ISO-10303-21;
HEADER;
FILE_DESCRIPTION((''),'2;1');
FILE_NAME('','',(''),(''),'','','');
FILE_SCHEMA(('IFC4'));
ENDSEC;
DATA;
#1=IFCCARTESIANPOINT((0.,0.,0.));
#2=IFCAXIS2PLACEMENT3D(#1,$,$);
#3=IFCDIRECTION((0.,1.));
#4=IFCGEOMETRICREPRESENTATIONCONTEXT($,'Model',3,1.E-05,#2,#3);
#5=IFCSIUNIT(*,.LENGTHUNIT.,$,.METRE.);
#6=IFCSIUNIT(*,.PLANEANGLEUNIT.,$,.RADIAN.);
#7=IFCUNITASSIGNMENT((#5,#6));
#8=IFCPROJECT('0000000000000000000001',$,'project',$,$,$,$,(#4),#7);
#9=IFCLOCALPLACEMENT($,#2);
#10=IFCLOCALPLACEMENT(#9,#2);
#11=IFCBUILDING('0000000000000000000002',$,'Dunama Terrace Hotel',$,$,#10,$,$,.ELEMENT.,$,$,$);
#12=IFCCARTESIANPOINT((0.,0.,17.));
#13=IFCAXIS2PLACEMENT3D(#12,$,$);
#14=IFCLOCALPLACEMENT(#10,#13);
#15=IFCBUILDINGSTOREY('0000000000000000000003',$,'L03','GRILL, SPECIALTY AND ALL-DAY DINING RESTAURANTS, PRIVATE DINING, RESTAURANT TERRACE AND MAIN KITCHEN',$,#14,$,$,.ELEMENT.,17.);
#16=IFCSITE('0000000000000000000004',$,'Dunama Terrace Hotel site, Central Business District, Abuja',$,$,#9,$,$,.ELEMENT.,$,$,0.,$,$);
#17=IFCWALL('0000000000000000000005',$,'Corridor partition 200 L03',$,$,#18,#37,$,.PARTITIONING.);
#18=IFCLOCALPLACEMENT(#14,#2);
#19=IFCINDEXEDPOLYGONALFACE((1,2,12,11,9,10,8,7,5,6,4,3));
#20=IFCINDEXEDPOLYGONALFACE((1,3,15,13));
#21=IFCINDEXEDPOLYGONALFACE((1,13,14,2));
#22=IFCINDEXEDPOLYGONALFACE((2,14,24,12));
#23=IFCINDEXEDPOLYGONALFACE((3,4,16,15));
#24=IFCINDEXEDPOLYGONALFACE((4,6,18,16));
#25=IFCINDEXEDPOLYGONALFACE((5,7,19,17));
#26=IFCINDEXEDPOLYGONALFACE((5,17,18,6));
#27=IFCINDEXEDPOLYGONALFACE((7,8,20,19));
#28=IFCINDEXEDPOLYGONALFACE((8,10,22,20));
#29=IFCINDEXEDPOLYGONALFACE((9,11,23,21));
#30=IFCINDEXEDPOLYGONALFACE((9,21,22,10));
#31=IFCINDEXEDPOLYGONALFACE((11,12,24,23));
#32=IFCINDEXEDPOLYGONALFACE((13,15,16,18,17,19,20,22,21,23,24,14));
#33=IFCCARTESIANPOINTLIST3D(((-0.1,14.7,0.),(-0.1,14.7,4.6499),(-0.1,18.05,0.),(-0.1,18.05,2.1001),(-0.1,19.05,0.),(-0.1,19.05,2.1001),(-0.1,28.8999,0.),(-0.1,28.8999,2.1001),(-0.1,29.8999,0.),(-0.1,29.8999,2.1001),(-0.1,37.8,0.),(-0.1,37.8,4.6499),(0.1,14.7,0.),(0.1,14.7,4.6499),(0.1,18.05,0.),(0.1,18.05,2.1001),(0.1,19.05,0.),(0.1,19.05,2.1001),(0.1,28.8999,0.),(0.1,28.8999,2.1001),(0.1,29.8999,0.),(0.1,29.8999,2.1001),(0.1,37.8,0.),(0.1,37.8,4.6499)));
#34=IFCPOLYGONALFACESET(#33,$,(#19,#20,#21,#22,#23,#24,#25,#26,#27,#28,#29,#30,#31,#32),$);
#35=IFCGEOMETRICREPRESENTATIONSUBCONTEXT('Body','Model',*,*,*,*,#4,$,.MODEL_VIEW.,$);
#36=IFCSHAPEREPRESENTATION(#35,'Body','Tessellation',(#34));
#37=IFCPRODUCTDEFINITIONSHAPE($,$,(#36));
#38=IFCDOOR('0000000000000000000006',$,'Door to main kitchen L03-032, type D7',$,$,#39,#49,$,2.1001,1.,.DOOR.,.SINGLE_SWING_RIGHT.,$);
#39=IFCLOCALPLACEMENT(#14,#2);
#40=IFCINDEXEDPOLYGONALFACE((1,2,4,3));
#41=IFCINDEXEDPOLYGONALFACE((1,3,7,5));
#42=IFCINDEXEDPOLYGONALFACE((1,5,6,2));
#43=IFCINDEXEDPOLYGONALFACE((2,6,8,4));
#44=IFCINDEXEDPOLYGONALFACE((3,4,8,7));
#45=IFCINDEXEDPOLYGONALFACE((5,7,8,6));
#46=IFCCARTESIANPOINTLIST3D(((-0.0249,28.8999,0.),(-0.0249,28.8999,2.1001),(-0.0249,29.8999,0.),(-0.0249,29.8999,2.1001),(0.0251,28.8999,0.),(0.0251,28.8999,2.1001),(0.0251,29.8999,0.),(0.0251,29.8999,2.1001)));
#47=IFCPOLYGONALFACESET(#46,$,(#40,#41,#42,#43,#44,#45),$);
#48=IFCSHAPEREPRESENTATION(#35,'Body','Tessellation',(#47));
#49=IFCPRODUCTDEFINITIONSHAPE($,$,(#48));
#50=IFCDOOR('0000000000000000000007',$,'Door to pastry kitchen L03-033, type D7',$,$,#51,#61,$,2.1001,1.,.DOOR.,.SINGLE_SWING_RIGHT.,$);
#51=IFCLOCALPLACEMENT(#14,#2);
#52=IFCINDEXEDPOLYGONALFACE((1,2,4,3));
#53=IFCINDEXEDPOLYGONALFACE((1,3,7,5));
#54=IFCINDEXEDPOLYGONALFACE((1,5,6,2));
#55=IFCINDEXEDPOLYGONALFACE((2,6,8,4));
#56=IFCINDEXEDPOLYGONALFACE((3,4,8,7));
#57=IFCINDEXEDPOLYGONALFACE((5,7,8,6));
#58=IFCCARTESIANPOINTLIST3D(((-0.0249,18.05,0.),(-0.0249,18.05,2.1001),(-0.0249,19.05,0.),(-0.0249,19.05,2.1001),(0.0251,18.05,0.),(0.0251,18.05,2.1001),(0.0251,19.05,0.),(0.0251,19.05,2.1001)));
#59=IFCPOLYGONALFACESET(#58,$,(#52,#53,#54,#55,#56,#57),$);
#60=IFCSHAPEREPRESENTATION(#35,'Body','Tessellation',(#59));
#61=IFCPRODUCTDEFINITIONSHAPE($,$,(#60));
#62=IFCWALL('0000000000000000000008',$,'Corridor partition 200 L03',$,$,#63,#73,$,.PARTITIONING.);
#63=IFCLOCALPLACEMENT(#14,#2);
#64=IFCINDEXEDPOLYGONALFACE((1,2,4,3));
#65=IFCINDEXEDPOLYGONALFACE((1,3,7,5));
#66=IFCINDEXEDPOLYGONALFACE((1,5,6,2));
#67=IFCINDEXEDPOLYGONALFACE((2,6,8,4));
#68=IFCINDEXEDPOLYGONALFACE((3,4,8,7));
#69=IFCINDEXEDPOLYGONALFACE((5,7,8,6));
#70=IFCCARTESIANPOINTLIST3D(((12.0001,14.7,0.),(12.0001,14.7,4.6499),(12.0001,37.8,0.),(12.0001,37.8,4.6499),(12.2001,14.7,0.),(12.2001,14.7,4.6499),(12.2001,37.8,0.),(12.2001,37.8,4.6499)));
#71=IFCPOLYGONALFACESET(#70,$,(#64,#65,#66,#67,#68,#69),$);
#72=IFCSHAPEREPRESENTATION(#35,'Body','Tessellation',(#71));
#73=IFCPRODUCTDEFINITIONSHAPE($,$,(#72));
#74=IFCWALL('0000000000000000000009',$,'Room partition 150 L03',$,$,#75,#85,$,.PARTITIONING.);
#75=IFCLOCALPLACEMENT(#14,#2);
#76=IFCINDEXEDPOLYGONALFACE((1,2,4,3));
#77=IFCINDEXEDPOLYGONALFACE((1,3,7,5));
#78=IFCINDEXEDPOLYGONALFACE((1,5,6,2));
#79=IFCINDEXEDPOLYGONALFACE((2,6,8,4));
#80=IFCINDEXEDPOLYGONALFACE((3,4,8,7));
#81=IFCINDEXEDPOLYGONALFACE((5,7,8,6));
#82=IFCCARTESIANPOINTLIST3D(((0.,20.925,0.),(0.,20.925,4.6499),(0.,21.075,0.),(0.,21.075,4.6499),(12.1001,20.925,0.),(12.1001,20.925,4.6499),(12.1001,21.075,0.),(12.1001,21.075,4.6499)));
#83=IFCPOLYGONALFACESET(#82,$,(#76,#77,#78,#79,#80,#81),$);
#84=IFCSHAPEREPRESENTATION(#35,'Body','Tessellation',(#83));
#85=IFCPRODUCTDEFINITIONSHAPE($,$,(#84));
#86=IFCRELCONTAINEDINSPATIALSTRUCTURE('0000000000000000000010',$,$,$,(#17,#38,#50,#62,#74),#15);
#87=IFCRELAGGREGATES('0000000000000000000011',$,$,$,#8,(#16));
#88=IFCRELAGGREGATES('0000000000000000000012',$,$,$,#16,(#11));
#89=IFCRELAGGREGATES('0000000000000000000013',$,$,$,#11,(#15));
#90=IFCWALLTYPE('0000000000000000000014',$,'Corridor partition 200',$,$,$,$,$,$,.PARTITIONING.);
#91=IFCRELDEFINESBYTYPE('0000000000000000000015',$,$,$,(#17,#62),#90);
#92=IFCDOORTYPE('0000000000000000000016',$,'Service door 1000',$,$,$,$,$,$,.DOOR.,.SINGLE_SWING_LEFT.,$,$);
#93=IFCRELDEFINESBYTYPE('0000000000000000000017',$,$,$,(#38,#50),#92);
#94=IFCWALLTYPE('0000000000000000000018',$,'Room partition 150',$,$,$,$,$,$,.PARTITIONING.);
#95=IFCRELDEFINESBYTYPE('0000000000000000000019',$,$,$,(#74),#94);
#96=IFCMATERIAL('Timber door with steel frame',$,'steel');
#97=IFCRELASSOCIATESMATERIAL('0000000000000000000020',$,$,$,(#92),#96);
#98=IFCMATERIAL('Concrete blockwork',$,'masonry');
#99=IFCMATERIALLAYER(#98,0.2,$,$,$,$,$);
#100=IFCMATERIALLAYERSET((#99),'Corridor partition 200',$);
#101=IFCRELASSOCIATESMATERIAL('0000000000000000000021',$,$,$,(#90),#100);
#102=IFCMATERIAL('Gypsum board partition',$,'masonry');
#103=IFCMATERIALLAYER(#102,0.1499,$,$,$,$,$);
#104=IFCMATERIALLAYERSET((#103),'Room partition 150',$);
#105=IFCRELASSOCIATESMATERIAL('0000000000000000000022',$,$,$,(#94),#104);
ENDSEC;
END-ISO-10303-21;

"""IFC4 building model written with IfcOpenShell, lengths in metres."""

from ifc_helpers import new_model, si_unit, direction, frame, frame_2d, origin, place, context, subcontext, project, spatial, rectangle, extrude, material, layer, layer_set, type_object, element, fill, save


model = new_model("IFC4")

# Units and contexts
model_context = context("Model", 3, precision=1e-05, world=origin(), true_north=direction((0.0, 1.0)))
body_context = subcontext(model_context, "Body", "Model", "MODEL_VIEW")
ifc_project = project(units=[si_unit("LENGTHUNIT", "METRE"), si_unit("PLANEANGLEUNIT", "RADIAN")], contexts=[model_context])

# Site, building, storey
site_placement = place(None, origin())
site = spatial("IfcSite", under=ifc_project, at=site_placement, Name="Dunama Terrace Hotel site, Central Business District, Abuja", CompositionType="ELEMENT", RefElevation=0.0)
building_placement = place(site_placement, origin())
building = spatial("IfcBuilding", under=site, at=building_placement, Name="Dunama Terrace Hotel", CompositionType="ELEMENT")
storey_placement = place(building_placement, frame((0.0, 0.0, 17.0)))
storey = spatial("IfcBuildingStorey", under=building, at=storey_placement, Name="L03", Description="GRILL, SPECIALTY AND ALL-DAY DINING RESTAURANTS, PRIVATE DINING, RESTAURANT TERRACE AND MAIN KITCHEN", CompositionType="ELEMENT", Elevation=17.0)

# Wall, openings, doors
ifc_material_1 = material(Name="Timber door with steel frame", Category="steel")
door_type_1 = type_object("IfcDoorType", Name="Service door 1000", OperationType="SINGLE_SWING_LEFT", PredefinedType="DOOR", material=ifc_material_1)
ifc_material_2 = material(Name="Concrete blockwork", Category="masonry")
ifc_layer_1 = layer(ifc_material_2, 0.2)
ifc_layer_set_1 = layer_set([ifc_layer_1], Name="Corridor partition 200")
wall_type_1 = type_object("IfcWallType", Name="Corridor partition 200", PredefinedType="PARTITIONING", material=ifc_layer_set_1)
wall_1_placement = place(storey_placement, frame((0.0, 14.7, 0.0), z_axis=(0.0, 0.0, 1.0), x_axis=(0.0, 1.0, 0.0)))
wall_1 = element("IfcWall", 1, at=wall_1_placement, inside=storey, type_object=wall_type_1, Name="Corridor partition 200 L03", PredefinedType="PARTITIONING", context=body_context, shape_type="SweptSolid", body=[
    extrude(rectangle(XDim=23.1001, YDim=0.2, at=frame_2d((11.55, 0.0))), origin(), (0.0, 0.0, 1.0), 4.6499),
])
opening_1_placement = place(wall_1_placement, frame((14.2, 0.0, 0.0)))
opening_1 = element("IfcOpeningElement", 2, at=opening_1_placement, cuts=wall_1, PredefinedType="OPENING", context=body_context, shape_type="SweptSolid", body=[
    extrude(rectangle(XDim=1.0, YDim=2.1001, at=frame_2d((0.5, 1.05))), frame((0.0, 0.1099, 0.0), z_axis=(0.0, -1.0, 0.0), x_axis=(1.0, 0.0, 0.0)), (0.0, 0.0, 1.0), 0.22),
])
opening_2_placement = place(wall_1_placement, frame((3.3501, 0.0, 0.0)))
opening_2 = element("IfcOpeningElement", 3, at=opening_2_placement, cuts=wall_1, PredefinedType="OPENING", context=body_context, shape_type="SweptSolid", body=[
    extrude(rectangle(XDim=1.0, YDim=2.1001, at=frame_2d((0.5, 1.05))), frame((0.0, 0.1099, 0.0), z_axis=(0.0, -1.0, 0.0), x_axis=(1.0, 0.0, 0.0)), (0.0, 0.0, 1.0), 0.22),
])
door_1_placement = place(opening_1_placement, frame((1.0, 0.0, 0.0), z_axis=(0.0, 0.0, 1.0), x_axis=(-1.0, 0.0, 0.0)))
door_1 = element("IfcDoor", 4, at=door_1_placement, inside=storey, type_object=door_type_1, Name="Door to main kitchen L03-032, type D7", OperationType="SINGLE_SWING_RIGHT", OverallHeight=2.1001, OverallWidth=1.0, PredefinedType="DOOR", context=body_context, shape_type="SweptSolid", body=[
    extrude(rectangle(XDim=1.0, YDim=2.1001, at=frame_2d((0.5, 1.05))), frame((0.0, 0.0251, 0.0), z_axis=(0.0, -1.0, 0.0), x_axis=(1.0, 0.0, 0.0)), (0.0, 0.0, 1.0), 0.05),
])
fill(opening_1, door_1)
door_2_placement = place(opening_2_placement, frame((1.0, 0.0, 0.0), z_axis=(0.0, 0.0, 1.0), x_axis=(-1.0, 0.0, 0.0)))
door_2 = element("IfcDoor", 5, at=door_2_placement, inside=storey, type_object=door_type_1, Name="Door to pastry kitchen L03-033, type D7", OperationType="SINGLE_SWING_RIGHT", OverallHeight=2.1001, OverallWidth=1.0, PredefinedType="DOOR", context=body_context, shape_type="SweptSolid", body=[
    extrude(rectangle(XDim=1.0, YDim=2.1001, at=frame_2d((0.5, 1.05))), frame((0.0, 0.0251, 0.0), z_axis=(0.0, -1.0, 0.0), x_axis=(1.0, 0.0, 0.0)), (0.0, 0.0, 1.0), 0.05),
])
fill(opening_2, door_2)

# Walls
wall_2_placement = place(storey_placement, frame((12.1001, 14.7, 0.0), z_axis=(0.0, 0.0, 1.0), x_axis=(0.0, 1.0, 0.0)))
element("IfcWall", 6, at=wall_2_placement, inside=storey, type_object=wall_type_1, Name="Corridor partition 200 L03", PredefinedType="PARTITIONING", context=body_context, shape_type="SweptSolid", body=[
    extrude(rectangle(XDim=23.1001, YDim=0.2, at=frame_2d((11.55, 0.0))), origin(), (0.0, 0.0, 1.0), 4.6499),
])
ifc_material_3 = material(Name="Gypsum board partition", Category="masonry")
ifc_layer_2 = layer(ifc_material_3, 0.1499)
ifc_layer_set_2 = layer_set([ifc_layer_2], Name="Room partition 150")
wall_type_2 = type_object("IfcWallType", Name="Room partition 150", PredefinedType="PARTITIONING", material=ifc_layer_set_2)
wall_3_placement = place(storey_placement, frame((0.0, 21.0, 0.0), z_axis=(0.0, 0.0, 1.0), x_axis=(1.0, 0.0, 0.0)))
element("IfcWall", 7, at=wall_3_placement, inside=storey, type_object=wall_type_2, Name="Room partition 150 L03", PredefinedType="PARTITIONING", context=body_context, shape_type="SweptSolid", body=[
    extrude(rectangle(XDim=12.1001, YDim=0.1499, at=frame_2d((6.05, 0.0))), origin(), (0.0, 0.0, 1.0), 4.6499),
])

save(model, "model.ifc")
